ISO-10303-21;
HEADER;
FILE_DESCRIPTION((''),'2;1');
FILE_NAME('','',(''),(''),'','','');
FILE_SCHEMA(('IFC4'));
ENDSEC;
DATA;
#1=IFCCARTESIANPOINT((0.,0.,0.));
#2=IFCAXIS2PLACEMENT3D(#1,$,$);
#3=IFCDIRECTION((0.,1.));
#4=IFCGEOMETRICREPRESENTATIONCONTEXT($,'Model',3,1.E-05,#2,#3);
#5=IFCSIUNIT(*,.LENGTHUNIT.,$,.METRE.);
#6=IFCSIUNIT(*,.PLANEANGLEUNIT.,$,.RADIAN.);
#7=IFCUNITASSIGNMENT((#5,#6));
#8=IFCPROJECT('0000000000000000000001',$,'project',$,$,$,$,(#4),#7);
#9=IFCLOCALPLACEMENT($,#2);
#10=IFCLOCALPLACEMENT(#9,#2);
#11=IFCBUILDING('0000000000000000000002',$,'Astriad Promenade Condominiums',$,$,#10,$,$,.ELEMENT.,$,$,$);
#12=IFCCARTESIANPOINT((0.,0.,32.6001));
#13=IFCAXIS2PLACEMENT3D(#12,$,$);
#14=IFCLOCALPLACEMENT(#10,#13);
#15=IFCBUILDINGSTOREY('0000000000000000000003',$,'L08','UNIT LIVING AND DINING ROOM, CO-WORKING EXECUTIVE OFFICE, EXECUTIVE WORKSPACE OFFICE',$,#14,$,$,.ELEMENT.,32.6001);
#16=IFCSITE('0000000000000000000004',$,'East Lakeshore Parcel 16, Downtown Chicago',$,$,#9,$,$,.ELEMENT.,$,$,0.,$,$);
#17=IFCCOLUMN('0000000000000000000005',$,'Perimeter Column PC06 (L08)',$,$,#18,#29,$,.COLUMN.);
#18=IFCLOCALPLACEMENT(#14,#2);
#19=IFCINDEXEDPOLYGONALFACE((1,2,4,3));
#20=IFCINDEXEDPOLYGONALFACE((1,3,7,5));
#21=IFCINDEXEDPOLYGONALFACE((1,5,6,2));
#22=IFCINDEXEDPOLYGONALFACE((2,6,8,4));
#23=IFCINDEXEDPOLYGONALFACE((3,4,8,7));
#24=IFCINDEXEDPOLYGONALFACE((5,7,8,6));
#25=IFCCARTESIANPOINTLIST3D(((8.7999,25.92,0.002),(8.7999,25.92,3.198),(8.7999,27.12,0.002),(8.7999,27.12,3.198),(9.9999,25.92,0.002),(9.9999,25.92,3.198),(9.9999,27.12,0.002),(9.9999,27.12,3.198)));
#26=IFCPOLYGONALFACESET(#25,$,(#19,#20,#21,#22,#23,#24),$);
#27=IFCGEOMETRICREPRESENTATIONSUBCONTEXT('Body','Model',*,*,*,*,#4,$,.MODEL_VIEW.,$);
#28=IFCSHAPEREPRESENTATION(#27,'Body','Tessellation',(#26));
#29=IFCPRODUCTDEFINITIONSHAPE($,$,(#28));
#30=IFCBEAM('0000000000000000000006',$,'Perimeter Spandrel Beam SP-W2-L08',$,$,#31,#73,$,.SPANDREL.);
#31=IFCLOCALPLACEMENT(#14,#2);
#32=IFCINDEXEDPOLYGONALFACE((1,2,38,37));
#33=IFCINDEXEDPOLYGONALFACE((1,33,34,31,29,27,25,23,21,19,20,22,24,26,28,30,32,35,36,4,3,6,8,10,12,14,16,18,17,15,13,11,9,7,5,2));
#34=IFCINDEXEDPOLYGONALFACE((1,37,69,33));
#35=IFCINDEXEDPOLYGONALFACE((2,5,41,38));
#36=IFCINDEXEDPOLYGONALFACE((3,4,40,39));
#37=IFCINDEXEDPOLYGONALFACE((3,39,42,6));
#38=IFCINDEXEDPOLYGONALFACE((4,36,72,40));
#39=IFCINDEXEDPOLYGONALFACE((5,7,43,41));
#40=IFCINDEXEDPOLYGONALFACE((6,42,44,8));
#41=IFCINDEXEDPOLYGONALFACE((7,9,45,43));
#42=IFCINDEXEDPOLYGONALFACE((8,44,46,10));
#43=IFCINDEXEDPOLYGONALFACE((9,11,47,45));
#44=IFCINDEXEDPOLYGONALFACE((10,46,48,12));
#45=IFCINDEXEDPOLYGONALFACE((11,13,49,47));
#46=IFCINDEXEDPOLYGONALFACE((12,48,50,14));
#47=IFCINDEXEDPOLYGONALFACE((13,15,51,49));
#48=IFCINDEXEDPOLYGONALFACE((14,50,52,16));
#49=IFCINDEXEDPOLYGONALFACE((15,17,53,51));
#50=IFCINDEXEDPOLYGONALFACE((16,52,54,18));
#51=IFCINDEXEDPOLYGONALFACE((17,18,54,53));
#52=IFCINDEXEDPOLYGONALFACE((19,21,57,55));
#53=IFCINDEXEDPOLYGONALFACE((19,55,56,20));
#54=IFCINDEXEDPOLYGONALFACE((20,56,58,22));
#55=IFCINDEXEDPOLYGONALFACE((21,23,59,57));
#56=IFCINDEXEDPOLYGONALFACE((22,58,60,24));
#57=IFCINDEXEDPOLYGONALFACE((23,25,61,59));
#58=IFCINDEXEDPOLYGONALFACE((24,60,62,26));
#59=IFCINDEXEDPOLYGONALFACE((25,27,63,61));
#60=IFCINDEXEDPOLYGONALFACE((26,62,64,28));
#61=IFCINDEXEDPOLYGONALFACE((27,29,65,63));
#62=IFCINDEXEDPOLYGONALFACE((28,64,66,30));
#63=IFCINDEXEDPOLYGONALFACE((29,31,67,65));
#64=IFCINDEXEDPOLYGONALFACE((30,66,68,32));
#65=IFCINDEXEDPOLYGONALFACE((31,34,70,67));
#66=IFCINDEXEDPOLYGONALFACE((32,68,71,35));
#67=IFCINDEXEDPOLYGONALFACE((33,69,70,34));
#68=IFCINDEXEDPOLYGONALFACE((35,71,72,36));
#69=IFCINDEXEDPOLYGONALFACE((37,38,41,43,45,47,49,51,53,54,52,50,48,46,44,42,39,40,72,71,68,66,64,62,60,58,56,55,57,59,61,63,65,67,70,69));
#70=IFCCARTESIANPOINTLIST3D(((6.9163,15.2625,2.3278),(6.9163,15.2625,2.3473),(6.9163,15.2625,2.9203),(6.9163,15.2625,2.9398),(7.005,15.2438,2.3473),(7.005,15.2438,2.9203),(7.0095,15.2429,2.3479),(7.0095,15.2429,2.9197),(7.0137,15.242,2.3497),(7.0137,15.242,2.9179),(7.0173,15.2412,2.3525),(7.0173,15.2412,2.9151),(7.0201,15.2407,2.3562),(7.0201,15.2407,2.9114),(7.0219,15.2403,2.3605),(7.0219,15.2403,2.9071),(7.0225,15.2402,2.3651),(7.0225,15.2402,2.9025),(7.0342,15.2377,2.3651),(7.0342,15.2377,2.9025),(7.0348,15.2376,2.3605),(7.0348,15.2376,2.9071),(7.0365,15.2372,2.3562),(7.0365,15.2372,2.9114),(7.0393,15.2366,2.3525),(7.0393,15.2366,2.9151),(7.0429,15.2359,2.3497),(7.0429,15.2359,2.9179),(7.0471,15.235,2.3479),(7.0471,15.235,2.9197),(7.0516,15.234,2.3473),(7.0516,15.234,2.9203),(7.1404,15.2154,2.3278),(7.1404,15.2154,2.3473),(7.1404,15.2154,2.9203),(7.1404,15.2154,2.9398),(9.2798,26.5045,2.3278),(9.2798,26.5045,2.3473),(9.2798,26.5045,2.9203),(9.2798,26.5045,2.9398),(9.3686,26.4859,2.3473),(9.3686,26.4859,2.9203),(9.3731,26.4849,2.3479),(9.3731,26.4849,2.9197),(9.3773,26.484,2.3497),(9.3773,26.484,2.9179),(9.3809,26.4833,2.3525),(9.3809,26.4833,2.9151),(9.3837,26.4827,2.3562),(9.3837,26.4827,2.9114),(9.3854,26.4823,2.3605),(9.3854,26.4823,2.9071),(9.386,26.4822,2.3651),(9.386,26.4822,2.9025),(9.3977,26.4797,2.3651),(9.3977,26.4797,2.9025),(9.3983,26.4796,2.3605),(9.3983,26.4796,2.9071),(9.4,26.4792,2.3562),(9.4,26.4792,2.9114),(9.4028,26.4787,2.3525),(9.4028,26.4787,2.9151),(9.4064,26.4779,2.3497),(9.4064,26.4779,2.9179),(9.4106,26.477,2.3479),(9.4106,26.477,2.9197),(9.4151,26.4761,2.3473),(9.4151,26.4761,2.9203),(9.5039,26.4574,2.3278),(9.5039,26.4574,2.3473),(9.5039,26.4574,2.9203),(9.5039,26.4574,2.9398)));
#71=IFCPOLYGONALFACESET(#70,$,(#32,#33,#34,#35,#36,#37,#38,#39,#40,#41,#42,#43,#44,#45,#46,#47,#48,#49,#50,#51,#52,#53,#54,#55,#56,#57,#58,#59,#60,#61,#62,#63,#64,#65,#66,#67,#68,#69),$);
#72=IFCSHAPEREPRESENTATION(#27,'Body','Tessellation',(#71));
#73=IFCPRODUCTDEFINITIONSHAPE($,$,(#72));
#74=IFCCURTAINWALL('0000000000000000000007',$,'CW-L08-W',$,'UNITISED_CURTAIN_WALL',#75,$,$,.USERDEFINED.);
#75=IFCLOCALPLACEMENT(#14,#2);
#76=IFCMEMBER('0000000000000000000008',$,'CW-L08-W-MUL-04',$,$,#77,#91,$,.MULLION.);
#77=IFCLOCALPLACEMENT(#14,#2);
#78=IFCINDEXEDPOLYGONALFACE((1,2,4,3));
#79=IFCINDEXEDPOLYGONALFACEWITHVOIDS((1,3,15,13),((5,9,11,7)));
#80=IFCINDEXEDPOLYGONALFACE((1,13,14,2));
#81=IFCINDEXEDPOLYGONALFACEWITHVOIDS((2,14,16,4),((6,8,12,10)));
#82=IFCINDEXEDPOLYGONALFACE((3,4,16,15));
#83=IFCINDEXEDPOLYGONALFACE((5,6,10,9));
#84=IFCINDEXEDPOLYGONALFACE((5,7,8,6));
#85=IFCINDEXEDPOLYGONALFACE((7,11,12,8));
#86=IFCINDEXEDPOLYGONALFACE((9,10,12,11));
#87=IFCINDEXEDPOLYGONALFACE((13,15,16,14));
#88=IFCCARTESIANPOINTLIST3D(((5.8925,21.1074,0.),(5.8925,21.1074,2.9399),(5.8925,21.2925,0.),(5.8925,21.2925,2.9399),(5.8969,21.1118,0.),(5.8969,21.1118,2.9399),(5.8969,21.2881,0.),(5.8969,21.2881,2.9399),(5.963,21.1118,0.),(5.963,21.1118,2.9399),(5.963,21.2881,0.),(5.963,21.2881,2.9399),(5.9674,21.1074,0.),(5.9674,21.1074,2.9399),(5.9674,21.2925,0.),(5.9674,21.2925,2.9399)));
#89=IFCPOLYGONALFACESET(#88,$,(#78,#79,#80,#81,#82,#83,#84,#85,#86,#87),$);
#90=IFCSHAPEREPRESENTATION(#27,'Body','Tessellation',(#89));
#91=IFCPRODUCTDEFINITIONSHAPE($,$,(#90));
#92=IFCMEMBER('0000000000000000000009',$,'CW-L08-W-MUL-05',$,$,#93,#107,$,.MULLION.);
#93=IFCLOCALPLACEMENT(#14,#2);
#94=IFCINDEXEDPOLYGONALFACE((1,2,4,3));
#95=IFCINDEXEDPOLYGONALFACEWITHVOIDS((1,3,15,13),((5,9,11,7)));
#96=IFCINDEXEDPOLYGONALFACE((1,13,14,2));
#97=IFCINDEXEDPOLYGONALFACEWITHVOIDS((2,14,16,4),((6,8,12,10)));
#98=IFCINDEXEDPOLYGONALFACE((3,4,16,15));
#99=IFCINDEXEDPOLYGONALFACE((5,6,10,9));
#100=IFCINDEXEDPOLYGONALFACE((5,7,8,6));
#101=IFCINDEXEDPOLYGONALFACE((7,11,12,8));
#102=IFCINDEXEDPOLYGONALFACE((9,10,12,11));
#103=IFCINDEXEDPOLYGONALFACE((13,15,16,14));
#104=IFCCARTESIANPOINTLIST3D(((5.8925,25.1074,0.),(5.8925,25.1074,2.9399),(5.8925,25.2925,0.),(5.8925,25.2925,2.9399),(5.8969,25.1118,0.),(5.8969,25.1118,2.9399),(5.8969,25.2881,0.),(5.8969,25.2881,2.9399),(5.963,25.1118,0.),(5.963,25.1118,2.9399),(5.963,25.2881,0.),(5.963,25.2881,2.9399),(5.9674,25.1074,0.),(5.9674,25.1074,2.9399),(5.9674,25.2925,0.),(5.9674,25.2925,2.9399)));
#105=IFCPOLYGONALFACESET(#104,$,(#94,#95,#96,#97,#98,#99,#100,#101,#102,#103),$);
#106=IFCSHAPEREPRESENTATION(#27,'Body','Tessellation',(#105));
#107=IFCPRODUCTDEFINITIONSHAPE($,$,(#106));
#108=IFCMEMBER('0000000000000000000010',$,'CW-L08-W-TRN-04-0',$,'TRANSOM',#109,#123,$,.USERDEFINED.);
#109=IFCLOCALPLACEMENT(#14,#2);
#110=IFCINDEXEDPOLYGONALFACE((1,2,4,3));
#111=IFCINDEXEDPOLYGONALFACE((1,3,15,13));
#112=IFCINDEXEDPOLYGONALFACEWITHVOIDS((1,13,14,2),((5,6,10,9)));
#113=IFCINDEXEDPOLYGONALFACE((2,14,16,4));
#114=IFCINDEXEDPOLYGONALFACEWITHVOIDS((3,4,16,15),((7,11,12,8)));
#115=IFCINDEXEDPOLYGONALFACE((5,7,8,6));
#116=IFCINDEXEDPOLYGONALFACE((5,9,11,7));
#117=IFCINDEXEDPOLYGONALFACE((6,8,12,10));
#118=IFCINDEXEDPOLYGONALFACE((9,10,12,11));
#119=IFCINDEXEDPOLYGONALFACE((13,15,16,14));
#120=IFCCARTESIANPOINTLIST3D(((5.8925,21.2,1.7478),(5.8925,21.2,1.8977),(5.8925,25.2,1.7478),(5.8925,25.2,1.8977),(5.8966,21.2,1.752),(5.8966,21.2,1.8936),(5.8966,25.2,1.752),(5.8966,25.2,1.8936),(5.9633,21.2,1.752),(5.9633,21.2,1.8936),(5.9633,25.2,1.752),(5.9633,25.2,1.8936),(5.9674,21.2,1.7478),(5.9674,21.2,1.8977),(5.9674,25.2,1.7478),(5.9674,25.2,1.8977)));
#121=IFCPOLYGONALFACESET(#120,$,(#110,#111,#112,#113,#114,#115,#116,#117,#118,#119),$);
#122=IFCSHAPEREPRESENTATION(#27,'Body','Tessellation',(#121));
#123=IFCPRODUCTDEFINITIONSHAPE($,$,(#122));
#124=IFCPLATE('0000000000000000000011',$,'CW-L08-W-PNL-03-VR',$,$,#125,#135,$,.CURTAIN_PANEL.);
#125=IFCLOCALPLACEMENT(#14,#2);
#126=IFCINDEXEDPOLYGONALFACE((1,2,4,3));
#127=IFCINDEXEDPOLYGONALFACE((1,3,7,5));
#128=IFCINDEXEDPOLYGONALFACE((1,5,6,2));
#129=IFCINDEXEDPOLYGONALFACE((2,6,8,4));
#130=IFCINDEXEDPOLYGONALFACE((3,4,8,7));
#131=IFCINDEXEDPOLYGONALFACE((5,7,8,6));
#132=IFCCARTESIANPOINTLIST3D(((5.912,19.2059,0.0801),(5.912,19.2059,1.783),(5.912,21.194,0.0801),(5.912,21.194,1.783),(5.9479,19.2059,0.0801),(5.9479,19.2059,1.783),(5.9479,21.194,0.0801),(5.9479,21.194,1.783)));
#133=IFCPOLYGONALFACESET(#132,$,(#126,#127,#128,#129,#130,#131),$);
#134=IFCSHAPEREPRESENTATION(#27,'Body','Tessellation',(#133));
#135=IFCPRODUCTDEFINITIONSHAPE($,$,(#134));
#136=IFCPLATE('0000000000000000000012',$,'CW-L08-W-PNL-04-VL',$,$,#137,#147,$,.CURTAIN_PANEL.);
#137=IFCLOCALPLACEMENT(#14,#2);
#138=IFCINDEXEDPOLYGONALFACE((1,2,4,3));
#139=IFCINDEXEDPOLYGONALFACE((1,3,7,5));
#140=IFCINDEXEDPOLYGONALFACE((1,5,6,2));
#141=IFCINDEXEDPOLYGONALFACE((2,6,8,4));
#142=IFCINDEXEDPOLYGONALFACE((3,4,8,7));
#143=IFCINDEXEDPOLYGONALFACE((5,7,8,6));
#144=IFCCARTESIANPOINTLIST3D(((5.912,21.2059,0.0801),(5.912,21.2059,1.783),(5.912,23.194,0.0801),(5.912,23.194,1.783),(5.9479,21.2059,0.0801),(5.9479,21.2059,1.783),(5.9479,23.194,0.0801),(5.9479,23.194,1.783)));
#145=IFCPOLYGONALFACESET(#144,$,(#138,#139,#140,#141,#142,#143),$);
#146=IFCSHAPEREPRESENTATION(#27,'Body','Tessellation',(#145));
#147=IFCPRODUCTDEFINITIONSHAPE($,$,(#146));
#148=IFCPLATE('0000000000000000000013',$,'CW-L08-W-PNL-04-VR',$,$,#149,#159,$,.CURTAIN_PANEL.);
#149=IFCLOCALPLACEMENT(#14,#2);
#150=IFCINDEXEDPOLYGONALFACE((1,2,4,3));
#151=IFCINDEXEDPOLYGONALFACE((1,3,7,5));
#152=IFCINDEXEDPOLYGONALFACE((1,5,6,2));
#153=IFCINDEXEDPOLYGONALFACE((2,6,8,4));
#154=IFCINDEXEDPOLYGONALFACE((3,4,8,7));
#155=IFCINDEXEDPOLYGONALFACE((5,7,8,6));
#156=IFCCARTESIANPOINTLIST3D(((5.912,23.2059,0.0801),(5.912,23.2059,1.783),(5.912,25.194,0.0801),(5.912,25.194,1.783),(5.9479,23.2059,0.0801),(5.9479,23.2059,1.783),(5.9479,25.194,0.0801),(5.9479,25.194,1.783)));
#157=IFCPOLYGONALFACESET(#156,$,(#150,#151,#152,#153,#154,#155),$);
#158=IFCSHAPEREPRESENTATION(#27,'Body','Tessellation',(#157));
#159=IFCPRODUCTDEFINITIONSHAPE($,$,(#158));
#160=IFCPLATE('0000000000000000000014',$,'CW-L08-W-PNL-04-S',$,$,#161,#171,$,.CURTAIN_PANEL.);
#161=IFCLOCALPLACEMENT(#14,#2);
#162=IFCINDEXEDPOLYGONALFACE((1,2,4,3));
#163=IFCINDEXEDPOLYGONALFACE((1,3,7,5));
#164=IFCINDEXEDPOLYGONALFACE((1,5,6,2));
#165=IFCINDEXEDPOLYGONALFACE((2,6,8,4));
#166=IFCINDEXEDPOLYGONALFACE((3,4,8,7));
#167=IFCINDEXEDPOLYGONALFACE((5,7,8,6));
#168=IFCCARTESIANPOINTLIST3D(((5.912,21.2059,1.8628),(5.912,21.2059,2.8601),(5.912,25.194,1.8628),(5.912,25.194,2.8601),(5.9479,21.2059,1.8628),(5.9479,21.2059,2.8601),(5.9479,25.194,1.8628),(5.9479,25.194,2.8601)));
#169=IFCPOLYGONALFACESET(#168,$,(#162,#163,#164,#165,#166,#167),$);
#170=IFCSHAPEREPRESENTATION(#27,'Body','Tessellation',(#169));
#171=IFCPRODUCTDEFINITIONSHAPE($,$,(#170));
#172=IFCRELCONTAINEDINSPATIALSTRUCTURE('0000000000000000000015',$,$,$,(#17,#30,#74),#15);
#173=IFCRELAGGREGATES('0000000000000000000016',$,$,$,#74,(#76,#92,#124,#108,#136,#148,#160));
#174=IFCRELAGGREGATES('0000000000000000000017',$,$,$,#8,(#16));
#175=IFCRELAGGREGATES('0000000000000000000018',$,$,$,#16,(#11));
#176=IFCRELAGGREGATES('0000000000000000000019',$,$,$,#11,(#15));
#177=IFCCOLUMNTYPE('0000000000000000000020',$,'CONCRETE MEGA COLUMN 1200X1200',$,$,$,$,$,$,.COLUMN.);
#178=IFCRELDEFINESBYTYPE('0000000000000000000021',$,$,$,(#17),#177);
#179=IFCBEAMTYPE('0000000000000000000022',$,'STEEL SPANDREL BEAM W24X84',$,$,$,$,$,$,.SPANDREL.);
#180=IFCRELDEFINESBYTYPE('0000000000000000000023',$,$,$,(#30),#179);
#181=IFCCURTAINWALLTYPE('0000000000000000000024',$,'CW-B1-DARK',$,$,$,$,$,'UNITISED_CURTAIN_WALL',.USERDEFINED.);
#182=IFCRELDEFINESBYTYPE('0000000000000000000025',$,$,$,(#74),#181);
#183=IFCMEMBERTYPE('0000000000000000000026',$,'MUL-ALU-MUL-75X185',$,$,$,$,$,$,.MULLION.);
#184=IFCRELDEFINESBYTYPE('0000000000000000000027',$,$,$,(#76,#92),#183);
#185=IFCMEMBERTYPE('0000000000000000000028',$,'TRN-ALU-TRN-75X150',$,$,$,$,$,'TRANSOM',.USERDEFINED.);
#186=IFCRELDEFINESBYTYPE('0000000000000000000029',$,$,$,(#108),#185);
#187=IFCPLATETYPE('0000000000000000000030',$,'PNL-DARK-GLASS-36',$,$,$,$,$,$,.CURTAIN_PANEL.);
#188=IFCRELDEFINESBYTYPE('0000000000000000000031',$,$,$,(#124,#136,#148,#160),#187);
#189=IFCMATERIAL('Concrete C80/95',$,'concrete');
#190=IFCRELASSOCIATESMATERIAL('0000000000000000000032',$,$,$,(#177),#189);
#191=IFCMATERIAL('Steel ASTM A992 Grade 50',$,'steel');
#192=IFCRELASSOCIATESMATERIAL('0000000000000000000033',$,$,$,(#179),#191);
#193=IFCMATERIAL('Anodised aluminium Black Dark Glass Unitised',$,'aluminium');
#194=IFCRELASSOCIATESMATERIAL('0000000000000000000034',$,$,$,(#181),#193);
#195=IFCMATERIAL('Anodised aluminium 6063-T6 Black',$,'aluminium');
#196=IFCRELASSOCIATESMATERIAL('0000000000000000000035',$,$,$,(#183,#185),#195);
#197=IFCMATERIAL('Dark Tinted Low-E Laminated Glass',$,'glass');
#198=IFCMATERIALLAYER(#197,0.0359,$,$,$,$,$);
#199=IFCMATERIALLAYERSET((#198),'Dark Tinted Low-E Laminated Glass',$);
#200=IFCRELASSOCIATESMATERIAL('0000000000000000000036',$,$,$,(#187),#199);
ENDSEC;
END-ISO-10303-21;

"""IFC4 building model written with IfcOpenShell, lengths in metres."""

from ifc_helpers import new_model, si_unit, direction, frame, origin, origin_2d, place, context, subcontext, project, spatial, rectangle, hollow_rectangle, i_section, extrude, source, transform, mapped, material, layer, layer_set, material_profile, profile_set, type_object, type_shapes, element, aggregate, save


model = new_model("IFC4")

# Units and contexts
model_context = context("Model", 3, precision=1e-05, world=origin(), true_north=direction((0.0, 1.0)))
body_context = subcontext(model_context, "Body", "Model", "MODEL_VIEW")
ifc_project = project(units=[si_unit("LENGTHUNIT", "METRE"), si_unit("PLANEANGLEUNIT", "RADIAN")], contexts=[model_context])

# Site, building, storey
site_placement = place(None, origin())
site = spatial("IfcSite", under=ifc_project, at=site_placement, Name="East Lakeshore Parcel 16, Downtown Chicago", CompositionType="ELEMENT", RefElevation=0.0)
building_placement = place(site_placement, origin())
building = spatial("IfcBuilding", under=site, at=building_placement, Name="Astriad Promenade Condominiums", CompositionType="ELEMENT")
storey_placement = place(building_placement, frame((0.0, 0.0, 32.6001)))
storey = spatial("IfcBuildingStorey", under=building, at=storey_placement, Name="L08", Description="UNIT LIVING AND DINING ROOM, CO-WORKING EXECUTIVE OFFICE, EXECUTIVE WORKSPACE OFFICE", CompositionType="ELEMENT", Elevation=32.6001)

# Column
ifc_material_1 = material(Name="Concrete C80/95", Category="concrete")
ifc_material_profile_1 = material_profile(ifc_material_1, rectangle(XDim=1.2, YDim=1.2, at=origin_2d()), Name="RC-COL-1200X1200")
ifc_profile_set_1 = profile_set([ifc_material_profile_1], Name="Concrete C80/95")
column_type = type_object("IfcColumnType", Name="CONCRETE MEGA COLUMN 1200X1200", PredefinedType="COLUMN", material=ifc_profile_set_1)
shared_shape_1 = source(origin(), body_context, "Body", "SweptSolid", [
    extrude(rectangle(XDim=1.2, YDim=1.2, at=origin_2d()), origin(), (0.0, 0.0, 1.0), 3.196),
])
type_shapes(column_type, [shared_shape_1])
column_placement = place(storey_placement, frame((9.3999, 26.52, 0.002), z_axis=(0.0, 0.0, 1.0), x_axis=(1.0, 0.0, 0.0)))
element("IfcColumn", 1, at=column_placement, inside=storey, type_object=column_type, Name="Perimeter Column PC06 (L08)", PredefinedType="COLUMN", context=body_context, shape_type="MappedRepresentation", body=[
    mapped(shared_shape_1, transform((0.0, 0.0, 0.0), scale=1.0)),
])

# Beam
ifc_material_2 = material(Name="Steel ASTM A992 Grade 50", Category="steel")
ifc_material_profile_2 = material_profile(ifc_material_2, i_section(OverallWidth=0.229, OverallDepth=0.6121, WebThickness=0.012, FlangeThickness=0.0195, FilletRadius=0.0178, at=origin_2d()), Name="W24X84")
ifc_profile_set_2 = profile_set([ifc_material_profile_2], Name="Steel ASTM A992 Grade 50")
beam_type = type_object("IfcBeamType", Name="STEEL SPANDREL BEAM W24X84", PredefinedType="SPANDREL", material=ifc_profile_set_2)
shared_shape_2 = source(origin(), body_context, "Body", "SweptSolid", [
    extrude(i_section(OverallWidth=0.229, OverallDepth=0.6121, WebThickness=0.012, FlangeThickness=0.0195, FilletRadius=0.0178, at=origin_2d()), origin(), (0.0, 0.0, 1.0), 11.4878),
])
type_shapes(beam_type, [shared_shape_2])
beam_placement = place(storey_placement, frame((9.3918, 26.481, 2.6338), z_axis=(-0.205744, -0.978606, 0.0), x_axis=(0.978606, -0.205744, 0.0)))
element("IfcBeam", 2, at=beam_placement, inside=storey, type_object=beam_type, Name="Perimeter Spandrel Beam SP-W2-L08", PredefinedType="SPANDREL", context=body_context, shape_type="MappedRepresentation", body=[
    mapped(shared_shape_2, transform((0.0, 0.0, 0.0), scale=1.0)),
])

# Curtain wall, members, plates
ifc_material_3 = material(Name="Anodised aluminium Black Dark Glass Unitised", Category="aluminium")
curtain_wall_type = type_object("IfcCurtainWallType", Name="CW-B1-DARK", ElementType="UNITISED_CURTAIN_WALL", PredefinedType="USERDEFINED", material=ifc_material_3)
curtain_wall_placement = place(storey_placement, origin())
curtain_wall = element("IfcCurtainWall", 3, at=curtain_wall_placement, inside=storey, type_object=curtain_wall_type, Name="CW-L08-W", ObjectType="UNITISED_CURTAIN_WALL", PredefinedType="USERDEFINED")
ifc_material_4 = material(Name="Anodised aluminium 6063-T6 Black", Category="aluminium")
ifc_material_profile_3 = material_profile(ifc_material_4, hollow_rectangle(XDim=0.075, YDim=0.1851, WallThickness=0.0044, at=origin_2d()), Name="ALU-MUL-75X185")
ifc_profile_set_3 = profile_set([ifc_material_profile_3], Name="Anodised aluminium 6063-T6 Black")
member_type_1 = type_object("IfcMemberType", Name="MUL-ALU-MUL-75X185", PredefinedType="MULLION", material=ifc_profile_set_3)
shared_shape_3 = source(origin(), body_context, "Body", "SweptSolid", [
    extrude(hollow_rectangle(XDim=0.075, YDim=0.1851, WallThickness=0.0044, at=origin_2d()), origin(), (0.0, 0.0, 1.0), 2.9399),
])
type_shapes(member_type_1, [shared_shape_3])
member_1_placement = place(storey_placement, frame((5.9299, 21.2, 0.0), z_axis=(0.0, 0.0, 1.0), x_axis=(1.0, 0.0, 0.0)))
member_1 = element("IfcMember", 4, at=member_1_placement, type_object=member_type_1, Name="CW-L08-W-MUL-04", PredefinedType="MULLION", context=body_context, shape_type="MappedRepresentation", body=[
    mapped(shared_shape_3, transform((0.0, 0.0, 0.0), scale=1.0)),
])
member_2_placement = place(storey_placement, frame((5.9299, 25.2, 0.0), z_axis=(0.0, 0.0, 1.0), x_axis=(1.0, 0.0, 0.0)))
member_2 = element("IfcMember", 5, at=member_2_placement, type_object=member_type_1, Name="CW-L08-W-MUL-05", PredefinedType="MULLION", context=body_context, shape_type="MappedRepresentation", body=[
    mapped(shared_shape_3, transform((0.0, 0.0, 0.0), scale=1.0)),
])
ifc_material_profile_4 = material_profile(ifc_material_4, hollow_rectangle(XDim=0.075, YDim=0.1499, WallThickness=0.0042, at=origin_2d()), Name="ALU-TRN-75X150")
ifc_profile_set_4 = profile_set([ifc_material_profile_4], Name="Anodised aluminium 6063-T6 Black")
member_type_2 = type_object("IfcMemberType", Name="TRN-ALU-TRN-75X150", ElementType="TRANSOM", PredefinedType="USERDEFINED", material=ifc_profile_set_4)
shared_shape_4 = source(origin(), body_context, "Body", "SweptSolid", [
    extrude(hollow_rectangle(XDim=0.075, YDim=0.1499, WallThickness=0.0042, at=origin_2d()), origin(), (0.0, 0.0, 1.0), 4.0),
])
type_shapes(member_type_2, [shared_shape_4])
member_3_placement = place(storey_placement, frame((5.9299, 21.2, 1.8228), z_axis=(0.0, 1.0, 0.0), x_axis=(-1.0, 0.0, 0.0)))
member_3 = element("IfcMember", 6, at=member_3_placement, type_object=member_type_2, Name="CW-L08-W-TRN-04-0", ObjectType="TRANSOM", PredefinedType="USERDEFINED", context=body_context, shape_type="MappedRepresentation", body=[
    mapped(shared_shape_4, transform((0.0, 0.0, 0.0), scale=1.0)),
])
ifc_material_5 = material(Name="Dark Tinted Low-E Laminated Glass", Category="glass")
ifc_layer_1 = layer(ifc_material_5, 0.0359)
ifc_layer_set_1 = layer_set([ifc_layer_1], Name="Dark Tinted Low-E Laminated Glass")
plate_type = type_object("IfcPlateType", Name="PNL-DARK-GLASS-36", PredefinedType="CURTAIN_PANEL", material=ifc_layer_set_1)
shared_shape_5 = source(origin(), body_context, "Body", "SweptSolid", [
    extrude(rectangle(XDim=1.988, YDim=0.0359, at=origin_2d()), origin(), (0.0, 0.0, 1.0), 1.7029),
])
plate_1_placement = place(storey_placement, frame((5.9299, 20.2, 0.0801), z_axis=(0.0, 0.0, 1.0), x_axis=(0.0, 1.0, 0.0)))
plate_1 = element("IfcPlate", 7, at=plate_1_placement, type_object=plate_type, Name="CW-L08-W-PNL-03-VR", PredefinedType="CURTAIN_PANEL", context=body_context, shape_type="MappedRepresentation", body=[
    mapped(shared_shape_5, transform((0.0, 0.0, 0.0), scale=1.0)),
])
plate_2_placement = place(storey_placement, frame((5.9299, 22.2, 0.0801), z_axis=(0.0, 0.0, 1.0), x_axis=(0.0, 1.0, 0.0)))
plate_2 = element("IfcPlate", 8, at=plate_2_placement, type_object=plate_type, Name="CW-L08-W-PNL-04-VL", PredefinedType="CURTAIN_PANEL", context=body_context, shape_type="MappedRepresentation", body=[
    mapped(shared_shape_5, transform((0.0, 0.0, 0.0), scale=1.0)),
])
plate_3_placement = place(storey_placement, frame((5.9299, 24.2, 0.0801), z_axis=(0.0, 0.0, 1.0), x_axis=(0.0, 1.0, 0.0)))
plate_3 = element("IfcPlate", 9, at=plate_3_placement, type_object=plate_type, Name="CW-L08-W-PNL-04-VR", PredefinedType="CURTAIN_PANEL", context=body_context, shape_type="MappedRepresentation", body=[
    mapped(shared_shape_5, transform((0.0, 0.0, 0.0), scale=1.0)),
])
shared_shape_6 = source(origin(), body_context, "Body", "SweptSolid", [
    extrude(rectangle(XDim=3.988, YDim=0.0359, at=origin_2d()), origin(), (0.0, 0.0, 1.0), 0.9973),
])
type_shapes(plate_type, [shared_shape_5, shared_shape_6])
plate_4_placement = place(storey_placement, frame((5.9299, 23.2, 1.8628), z_axis=(0.0, 0.0, 1.0), x_axis=(0.0, 1.0, 0.0)))
plate_4 = element("IfcPlate", 10, at=plate_4_placement, type_object=plate_type, Name="CW-L08-W-PNL-04-S", PredefinedType="CURTAIN_PANEL", context=body_context, shape_type="MappedRepresentation", body=[
    mapped(shared_shape_6, transform((0.0, 0.0, 0.0), scale=1.0)),
])
aggregate(curtain_wall, [member_1, member_2, plate_1, member_3, plate_2, plate_3, plate_4])

save(model, "model.ifc")
